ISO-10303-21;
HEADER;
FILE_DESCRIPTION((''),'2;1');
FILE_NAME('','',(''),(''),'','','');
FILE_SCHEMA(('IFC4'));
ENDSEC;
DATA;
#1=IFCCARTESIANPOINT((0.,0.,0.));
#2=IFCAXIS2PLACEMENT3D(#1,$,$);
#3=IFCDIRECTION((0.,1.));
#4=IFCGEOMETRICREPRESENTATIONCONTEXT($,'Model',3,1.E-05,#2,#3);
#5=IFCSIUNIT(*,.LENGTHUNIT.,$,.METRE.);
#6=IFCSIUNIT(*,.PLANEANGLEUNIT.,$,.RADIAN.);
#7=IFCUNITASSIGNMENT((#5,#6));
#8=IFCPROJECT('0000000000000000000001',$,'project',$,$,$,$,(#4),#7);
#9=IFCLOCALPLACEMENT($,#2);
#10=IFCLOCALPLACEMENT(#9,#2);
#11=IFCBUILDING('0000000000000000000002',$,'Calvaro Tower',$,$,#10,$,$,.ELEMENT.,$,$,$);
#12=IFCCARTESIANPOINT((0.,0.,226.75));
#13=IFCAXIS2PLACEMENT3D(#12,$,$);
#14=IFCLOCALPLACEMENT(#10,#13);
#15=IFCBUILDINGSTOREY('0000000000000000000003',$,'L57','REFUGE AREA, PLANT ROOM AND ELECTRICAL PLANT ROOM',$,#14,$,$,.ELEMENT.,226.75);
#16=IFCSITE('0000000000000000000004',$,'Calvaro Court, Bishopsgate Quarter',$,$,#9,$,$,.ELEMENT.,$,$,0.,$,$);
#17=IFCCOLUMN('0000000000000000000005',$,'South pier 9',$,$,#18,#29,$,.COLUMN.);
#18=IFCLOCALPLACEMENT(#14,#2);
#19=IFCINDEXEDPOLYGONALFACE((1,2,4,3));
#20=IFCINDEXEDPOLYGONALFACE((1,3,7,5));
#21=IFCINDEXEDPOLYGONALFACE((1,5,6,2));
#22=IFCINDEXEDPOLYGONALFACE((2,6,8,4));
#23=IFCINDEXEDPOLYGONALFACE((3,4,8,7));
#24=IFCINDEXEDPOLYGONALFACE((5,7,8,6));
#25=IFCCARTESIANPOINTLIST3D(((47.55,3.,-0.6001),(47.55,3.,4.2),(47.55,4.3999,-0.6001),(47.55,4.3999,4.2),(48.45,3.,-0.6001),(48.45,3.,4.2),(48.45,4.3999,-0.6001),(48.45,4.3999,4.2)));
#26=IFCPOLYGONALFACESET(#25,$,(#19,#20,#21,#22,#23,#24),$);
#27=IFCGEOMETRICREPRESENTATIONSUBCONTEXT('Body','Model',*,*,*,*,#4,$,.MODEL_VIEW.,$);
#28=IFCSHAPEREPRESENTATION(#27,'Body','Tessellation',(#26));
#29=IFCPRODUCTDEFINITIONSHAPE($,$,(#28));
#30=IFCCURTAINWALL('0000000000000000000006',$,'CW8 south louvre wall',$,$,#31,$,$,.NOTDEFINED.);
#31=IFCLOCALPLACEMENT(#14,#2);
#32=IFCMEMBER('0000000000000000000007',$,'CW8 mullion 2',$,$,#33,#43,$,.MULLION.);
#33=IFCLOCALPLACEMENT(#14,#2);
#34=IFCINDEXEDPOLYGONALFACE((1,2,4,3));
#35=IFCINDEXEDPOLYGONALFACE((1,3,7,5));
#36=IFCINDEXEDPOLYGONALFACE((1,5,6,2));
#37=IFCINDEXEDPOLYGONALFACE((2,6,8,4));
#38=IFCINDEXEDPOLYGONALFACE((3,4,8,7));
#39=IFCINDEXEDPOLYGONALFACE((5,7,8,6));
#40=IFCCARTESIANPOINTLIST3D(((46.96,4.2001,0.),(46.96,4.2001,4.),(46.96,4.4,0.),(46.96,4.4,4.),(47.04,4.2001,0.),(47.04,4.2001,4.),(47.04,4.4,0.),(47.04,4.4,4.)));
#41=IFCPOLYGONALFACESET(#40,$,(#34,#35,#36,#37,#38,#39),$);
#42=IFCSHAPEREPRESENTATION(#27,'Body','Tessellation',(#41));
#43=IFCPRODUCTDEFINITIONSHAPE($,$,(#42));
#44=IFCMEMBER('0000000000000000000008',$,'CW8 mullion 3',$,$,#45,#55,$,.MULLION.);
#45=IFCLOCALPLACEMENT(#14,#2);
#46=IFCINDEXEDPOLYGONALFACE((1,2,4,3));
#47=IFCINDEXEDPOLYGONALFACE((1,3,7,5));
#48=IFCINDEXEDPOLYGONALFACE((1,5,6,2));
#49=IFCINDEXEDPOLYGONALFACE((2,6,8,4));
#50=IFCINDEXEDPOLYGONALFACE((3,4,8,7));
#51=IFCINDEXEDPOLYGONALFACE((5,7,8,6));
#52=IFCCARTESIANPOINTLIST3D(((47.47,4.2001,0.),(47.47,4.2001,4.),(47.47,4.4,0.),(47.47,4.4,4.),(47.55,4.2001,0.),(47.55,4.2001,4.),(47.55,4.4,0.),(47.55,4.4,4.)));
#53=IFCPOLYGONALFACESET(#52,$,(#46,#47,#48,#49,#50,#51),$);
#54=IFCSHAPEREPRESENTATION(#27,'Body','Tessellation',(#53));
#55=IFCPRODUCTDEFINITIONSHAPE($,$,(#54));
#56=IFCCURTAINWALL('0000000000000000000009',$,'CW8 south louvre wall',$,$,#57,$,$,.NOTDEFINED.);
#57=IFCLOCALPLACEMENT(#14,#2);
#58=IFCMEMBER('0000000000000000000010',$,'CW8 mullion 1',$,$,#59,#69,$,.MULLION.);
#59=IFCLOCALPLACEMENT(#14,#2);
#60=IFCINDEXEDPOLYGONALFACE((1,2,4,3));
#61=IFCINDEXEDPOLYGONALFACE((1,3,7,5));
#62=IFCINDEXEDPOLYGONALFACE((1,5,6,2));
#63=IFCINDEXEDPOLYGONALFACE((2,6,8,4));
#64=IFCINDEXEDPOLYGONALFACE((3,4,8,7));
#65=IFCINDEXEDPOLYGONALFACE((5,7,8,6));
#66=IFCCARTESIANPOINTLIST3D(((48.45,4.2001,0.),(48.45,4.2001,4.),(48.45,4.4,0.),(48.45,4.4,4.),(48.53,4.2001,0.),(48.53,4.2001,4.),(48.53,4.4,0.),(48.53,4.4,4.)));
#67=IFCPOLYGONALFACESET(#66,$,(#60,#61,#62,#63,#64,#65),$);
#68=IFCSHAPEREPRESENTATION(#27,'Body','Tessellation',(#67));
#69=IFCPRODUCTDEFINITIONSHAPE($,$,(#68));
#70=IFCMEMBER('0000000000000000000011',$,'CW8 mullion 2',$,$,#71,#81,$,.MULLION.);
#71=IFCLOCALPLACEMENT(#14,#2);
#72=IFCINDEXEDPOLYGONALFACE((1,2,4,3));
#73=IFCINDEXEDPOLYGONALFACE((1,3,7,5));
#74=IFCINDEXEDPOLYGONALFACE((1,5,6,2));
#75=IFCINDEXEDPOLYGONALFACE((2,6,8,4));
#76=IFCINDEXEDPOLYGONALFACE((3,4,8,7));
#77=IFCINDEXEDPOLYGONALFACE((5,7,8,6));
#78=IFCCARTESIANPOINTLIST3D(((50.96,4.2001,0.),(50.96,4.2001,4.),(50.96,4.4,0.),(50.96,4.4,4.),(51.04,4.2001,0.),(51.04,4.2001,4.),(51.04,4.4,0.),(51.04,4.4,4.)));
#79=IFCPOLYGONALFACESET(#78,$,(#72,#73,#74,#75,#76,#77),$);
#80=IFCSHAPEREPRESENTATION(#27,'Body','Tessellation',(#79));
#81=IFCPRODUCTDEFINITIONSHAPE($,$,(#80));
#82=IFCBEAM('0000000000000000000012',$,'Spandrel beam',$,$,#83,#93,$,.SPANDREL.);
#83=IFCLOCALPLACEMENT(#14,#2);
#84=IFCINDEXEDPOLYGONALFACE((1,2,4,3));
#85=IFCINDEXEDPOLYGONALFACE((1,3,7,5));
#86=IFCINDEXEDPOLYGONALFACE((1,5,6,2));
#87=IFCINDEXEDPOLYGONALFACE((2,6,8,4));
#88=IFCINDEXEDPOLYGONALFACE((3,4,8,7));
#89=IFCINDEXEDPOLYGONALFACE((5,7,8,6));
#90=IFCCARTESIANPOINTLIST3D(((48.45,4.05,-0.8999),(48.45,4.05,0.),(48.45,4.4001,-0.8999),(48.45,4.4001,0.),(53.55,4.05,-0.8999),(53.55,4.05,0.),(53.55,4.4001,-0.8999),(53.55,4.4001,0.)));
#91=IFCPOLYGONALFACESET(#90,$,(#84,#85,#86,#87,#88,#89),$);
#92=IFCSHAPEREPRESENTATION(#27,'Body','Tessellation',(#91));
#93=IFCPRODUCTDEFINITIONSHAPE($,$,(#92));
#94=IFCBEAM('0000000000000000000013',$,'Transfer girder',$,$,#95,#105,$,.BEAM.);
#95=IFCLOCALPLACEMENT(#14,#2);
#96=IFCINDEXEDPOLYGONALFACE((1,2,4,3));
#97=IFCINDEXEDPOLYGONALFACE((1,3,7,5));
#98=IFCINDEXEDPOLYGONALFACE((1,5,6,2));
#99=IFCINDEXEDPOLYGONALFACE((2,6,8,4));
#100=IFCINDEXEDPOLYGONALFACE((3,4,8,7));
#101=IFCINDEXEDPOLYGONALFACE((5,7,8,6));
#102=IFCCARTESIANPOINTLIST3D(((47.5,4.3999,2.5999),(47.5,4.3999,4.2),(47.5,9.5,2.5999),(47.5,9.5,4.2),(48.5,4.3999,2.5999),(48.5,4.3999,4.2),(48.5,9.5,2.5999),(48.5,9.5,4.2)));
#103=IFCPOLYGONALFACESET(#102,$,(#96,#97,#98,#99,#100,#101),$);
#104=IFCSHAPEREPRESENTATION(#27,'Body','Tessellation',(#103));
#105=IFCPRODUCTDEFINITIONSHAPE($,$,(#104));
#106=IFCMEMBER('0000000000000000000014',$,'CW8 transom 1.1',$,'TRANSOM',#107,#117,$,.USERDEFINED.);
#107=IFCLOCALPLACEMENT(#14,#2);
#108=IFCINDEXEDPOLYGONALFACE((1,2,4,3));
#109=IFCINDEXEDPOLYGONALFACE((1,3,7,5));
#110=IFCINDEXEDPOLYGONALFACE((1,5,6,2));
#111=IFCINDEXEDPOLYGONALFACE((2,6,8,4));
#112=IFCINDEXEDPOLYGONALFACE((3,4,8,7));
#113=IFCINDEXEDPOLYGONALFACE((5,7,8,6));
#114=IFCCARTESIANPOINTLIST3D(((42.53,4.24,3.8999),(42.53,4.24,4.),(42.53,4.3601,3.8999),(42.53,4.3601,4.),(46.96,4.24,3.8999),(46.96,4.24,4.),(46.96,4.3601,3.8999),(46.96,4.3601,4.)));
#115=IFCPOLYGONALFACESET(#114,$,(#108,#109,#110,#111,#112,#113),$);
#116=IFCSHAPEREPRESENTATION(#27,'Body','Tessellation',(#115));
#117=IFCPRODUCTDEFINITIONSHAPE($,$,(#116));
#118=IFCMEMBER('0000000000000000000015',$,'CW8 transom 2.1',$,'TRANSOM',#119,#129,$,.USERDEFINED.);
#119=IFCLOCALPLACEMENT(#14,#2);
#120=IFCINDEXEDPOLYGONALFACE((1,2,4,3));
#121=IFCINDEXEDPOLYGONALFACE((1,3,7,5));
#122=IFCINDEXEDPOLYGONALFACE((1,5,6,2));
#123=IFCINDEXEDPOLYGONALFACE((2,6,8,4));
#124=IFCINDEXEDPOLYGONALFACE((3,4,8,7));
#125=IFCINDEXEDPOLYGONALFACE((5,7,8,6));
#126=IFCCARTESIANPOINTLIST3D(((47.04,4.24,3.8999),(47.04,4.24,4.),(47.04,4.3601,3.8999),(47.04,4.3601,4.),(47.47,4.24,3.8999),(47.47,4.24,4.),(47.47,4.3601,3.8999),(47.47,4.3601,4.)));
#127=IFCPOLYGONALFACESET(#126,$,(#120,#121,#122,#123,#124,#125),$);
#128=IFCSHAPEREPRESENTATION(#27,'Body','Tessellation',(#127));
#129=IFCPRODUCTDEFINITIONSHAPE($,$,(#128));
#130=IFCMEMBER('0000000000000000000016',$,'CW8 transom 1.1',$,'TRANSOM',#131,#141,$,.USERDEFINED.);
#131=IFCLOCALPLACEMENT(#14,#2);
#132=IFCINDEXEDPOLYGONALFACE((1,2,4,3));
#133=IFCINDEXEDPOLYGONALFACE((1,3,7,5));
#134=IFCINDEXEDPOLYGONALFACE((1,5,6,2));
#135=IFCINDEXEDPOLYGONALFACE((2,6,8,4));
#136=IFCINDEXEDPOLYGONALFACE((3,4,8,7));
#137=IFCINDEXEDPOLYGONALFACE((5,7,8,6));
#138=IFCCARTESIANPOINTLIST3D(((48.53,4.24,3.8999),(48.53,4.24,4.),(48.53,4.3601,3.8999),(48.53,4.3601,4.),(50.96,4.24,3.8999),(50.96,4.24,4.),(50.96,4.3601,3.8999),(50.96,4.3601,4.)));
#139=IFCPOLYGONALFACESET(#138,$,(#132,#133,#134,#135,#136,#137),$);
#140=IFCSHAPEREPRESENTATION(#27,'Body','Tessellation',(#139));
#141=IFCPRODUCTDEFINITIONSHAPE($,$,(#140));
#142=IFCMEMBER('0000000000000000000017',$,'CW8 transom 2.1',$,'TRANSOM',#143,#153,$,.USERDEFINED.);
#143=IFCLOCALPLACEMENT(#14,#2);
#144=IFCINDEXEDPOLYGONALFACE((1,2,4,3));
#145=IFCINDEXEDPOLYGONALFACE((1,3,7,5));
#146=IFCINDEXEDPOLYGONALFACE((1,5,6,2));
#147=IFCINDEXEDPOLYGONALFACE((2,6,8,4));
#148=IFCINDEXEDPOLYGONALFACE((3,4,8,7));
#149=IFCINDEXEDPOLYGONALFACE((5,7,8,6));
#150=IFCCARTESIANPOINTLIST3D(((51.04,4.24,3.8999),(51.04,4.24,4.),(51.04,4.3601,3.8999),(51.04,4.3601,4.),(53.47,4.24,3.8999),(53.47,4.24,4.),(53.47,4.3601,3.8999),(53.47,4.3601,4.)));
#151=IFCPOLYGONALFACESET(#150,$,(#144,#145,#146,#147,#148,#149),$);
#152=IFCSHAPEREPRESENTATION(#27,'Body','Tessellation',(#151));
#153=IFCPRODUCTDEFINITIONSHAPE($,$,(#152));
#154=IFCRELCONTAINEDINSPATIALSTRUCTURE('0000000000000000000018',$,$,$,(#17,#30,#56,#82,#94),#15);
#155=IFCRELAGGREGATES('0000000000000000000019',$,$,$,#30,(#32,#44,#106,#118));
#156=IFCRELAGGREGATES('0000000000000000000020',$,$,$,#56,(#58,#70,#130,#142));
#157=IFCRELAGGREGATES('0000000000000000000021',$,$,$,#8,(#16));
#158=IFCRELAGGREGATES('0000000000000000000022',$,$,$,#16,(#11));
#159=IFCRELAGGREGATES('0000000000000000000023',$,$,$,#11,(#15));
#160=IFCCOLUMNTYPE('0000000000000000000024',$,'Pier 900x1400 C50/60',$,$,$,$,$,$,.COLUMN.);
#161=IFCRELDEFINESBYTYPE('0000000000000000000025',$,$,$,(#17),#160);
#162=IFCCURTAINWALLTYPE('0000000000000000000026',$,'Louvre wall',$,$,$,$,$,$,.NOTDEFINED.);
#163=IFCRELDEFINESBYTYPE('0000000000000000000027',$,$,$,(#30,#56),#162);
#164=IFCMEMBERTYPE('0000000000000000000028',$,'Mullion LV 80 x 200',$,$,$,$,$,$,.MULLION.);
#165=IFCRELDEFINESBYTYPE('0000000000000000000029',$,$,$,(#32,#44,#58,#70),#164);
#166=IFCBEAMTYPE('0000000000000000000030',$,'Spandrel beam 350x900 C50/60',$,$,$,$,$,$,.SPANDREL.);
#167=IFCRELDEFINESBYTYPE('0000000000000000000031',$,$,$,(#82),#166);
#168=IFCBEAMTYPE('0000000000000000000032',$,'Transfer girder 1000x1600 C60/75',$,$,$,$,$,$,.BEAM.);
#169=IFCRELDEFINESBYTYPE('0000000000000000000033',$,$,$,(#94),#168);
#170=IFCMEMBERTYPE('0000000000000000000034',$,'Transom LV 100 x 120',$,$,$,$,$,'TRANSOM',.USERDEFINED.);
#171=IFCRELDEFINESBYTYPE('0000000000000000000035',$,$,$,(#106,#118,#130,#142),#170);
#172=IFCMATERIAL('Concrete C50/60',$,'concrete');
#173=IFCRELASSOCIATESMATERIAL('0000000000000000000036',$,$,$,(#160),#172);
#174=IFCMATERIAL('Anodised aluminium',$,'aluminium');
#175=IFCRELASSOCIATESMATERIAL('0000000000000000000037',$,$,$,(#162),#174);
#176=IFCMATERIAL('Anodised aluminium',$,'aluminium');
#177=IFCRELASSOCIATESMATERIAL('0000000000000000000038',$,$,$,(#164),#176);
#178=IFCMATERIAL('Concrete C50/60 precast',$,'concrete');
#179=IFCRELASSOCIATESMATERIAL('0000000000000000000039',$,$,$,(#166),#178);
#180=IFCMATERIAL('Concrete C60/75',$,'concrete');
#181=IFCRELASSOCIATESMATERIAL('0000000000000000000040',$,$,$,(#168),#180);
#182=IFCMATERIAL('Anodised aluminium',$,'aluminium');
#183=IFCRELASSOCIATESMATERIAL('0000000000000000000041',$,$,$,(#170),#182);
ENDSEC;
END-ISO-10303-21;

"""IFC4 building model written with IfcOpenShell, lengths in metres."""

from ifc_helpers import new_model, si_unit, direction, frame, origin, origin_2d, place, context, subcontext, project, spatial, rectangle, extrude, material, material_profile, profile_set, type_object, element, aggregate, save


model = new_model("IFC4")

# Units and contexts
model_context = context("Model", 3, precision=1e-05, world=origin(), true_north=direction((0.0, 1.0)))
body_context = subcontext(model_context, "Body", "Model", "MODEL_VIEW")
ifc_project = project(units=[si_unit("LENGTHUNIT", "METRE"), si_unit("PLANEANGLEUNIT", "RADIAN")], contexts=[model_context])

# Site, building, storey
site_placement = place(None, origin())
site = spatial("IfcSite", under=ifc_project, at=site_placement, Name="Calvaro Court, Bishopsgate Quarter", CompositionType="ELEMENT", RefElevation=0.0)
building_placement = place(site_placement, origin())
building = spatial("IfcBuilding", under=site, at=building_placement, Name="Calvaro Tower", CompositionType="ELEMENT")
storey_placement = place(building_placement, frame((0.0, 0.0, 226.75)))
storey = spatial("IfcBuildingStorey", under=building, at=storey_placement, Name="L57", Description="REFUGE AREA, PLANT ROOM AND ELECTRICAL PLANT ROOM", CompositionType="ELEMENT", Elevation=226.75)

# Column
ifc_material_1 = material(Name="Concrete C50/60", Category="concrete")
ifc_material_profile_1 = material_profile(ifc_material_1, rectangle(XDim=0.8999, YDim=1.3999, at=origin_2d()), Name="RC 900x1400")
ifc_profile_set_1 = profile_set([ifc_material_profile_1], Name="Concrete C50/60")
column_type = type_object("IfcColumnType", Name="Pier 900x1400 C50/60", PredefinedType="COLUMN", material=ifc_profile_set_1)
column_placement = place(storey_placement, frame((48.0, 3.7, -0.6001), z_axis=(0.0, 0.0, 1.0), x_axis=(1.0, 0.0, 0.0)))
element("IfcColumn", 1, at=column_placement, inside=storey, type_object=column_type, Name="South pier 9", PredefinedType="COLUMN", context=body_context, shape_type="SweptSolid", body=[
    extrude(rectangle(XDim=0.8999, YDim=1.3999, at=origin_2d()), origin(), (0.0, 0.0, 1.0), 4.8),
])

# Curtain walls, members
ifc_material_2 = material(Name="Anodised aluminium", Category="aluminium")
curtain_wall_type = type_object("IfcCurtainWallType", Name="Louvre wall", PredefinedType="NOTDEFINED", material=ifc_material_2)
curtain_wall_1_placement = place(storey_placement, origin())
curtain_wall_1 = element("IfcCurtainWall", 2, at=curtain_wall_1_placement, inside=storey, type_object=curtain_wall_type, Name="CW8 south louvre wall", PredefinedType="NOTDEFINED")
ifc_material_3 = material(Name="Anodised aluminium", Category="aluminium")
ifc_material_profile_2 = material_profile(ifc_material_3, rectangle(XDim=0.2, YDim=0.0801, at=origin_2d()), Name="Mullion LV 80 x 200")
ifc_profile_set_2 = profile_set([ifc_material_profile_2], Name="Anodised aluminium")
member_type_1 = type_object("IfcMemberType", Name="Mullion LV 80 x 200", PredefinedType="MULLION", material=ifc_profile_set_2)
member_1_placement = place(storey_placement, frame((47.0, 4.3, 0.0), z_axis=(0.0, 0.0, 1.0), x_axis=(0.0, 1.0, 0.0)))
member_1 = element("IfcMember", 3, at=member_1_placement, type_object=member_type_1, Name="CW8 mullion 2", PredefinedType="MULLION", context=body_context, shape_type="SweptSolid", body=[
    extrude(rectangle(XDim=0.2, YDim=0.0801, at=origin_2d()), origin(), (0.0, 0.0, 1.0), 4.0),
])
member_2_placement = place(storey_placement, frame((47.51, 4.3, 0.0), z_axis=(0.0, 0.0, 1.0), x_axis=(0.0, 1.0, 0.0)))
member_2 = element("IfcMember", 4, at=member_2_placement, type_object=member_type_1, Name="CW8 mullion 3", PredefinedType="MULLION", context=body_context, shape_type="SweptSolid", body=[
    extrude(rectangle(XDim=0.2, YDim=0.0801, at=origin_2d()), origin(), (0.0, 0.0, 1.0), 4.0),
])
curtain_wall_2_placement = place(storey_placement, origin())
curtain_wall_2 = element("IfcCurtainWall", 5, at=curtain_wall_2_placement, inside=storey, type_object=curtain_wall_type, Name="CW8 south louvre wall", PredefinedType="NOTDEFINED")
member_3_placement = place(storey_placement, frame((48.49, 4.3, 0.0), z_axis=(0.0, 0.0, 1.0), x_axis=(0.0, 1.0, 0.0)))
member_3 = element("IfcMember", 6, at=member_3_placement, type_object=member_type_1, Name="CW8 mullion 1", PredefinedType="MULLION", context=body_context, shape_type="SweptSolid", body=[
    extrude(rectangle(XDim=0.2, YDim=0.0801, at=origin_2d()), origin(), (0.0, 0.0, 1.0), 4.0),
])
member_4_placement = place(storey_placement, frame((51.0, 4.3, 0.0), z_axis=(0.0, 0.0, 1.0), x_axis=(0.0, 1.0, 0.0)))
member_4 = element("IfcMember", 7, at=member_4_placement, type_object=member_type_1, Name="CW8 mullion 2", PredefinedType="MULLION", context=body_context, shape_type="SweptSolid", body=[
    extrude(rectangle(XDim=0.2, YDim=0.0801, at=origin_2d()), origin(), (0.0, 0.0, 1.0), 4.0),
])

# Beams
ifc_material_4 = material(Name="Concrete C50/60 precast", Category="concrete")
ifc_material_profile_3 = material_profile(ifc_material_4, rectangle(XDim=0.3501, YDim=0.8999, at=origin_2d()), Name="RC 350x900")
ifc_profile_set_3 = profile_set([ifc_material_profile_3], Name="Concrete C50/60 precast")
beam_type_1 = type_object("IfcBeamType", Name="Spandrel beam 350x900 C50/60", PredefinedType="SPANDREL", material=ifc_profile_set_3)
beam_1_placement = place(storey_placement, frame((48.45, 4.2251, -0.45), z_axis=(1.0, 0.0, 0.0), x_axis=(0.0, 1.0, 0.0)))
element("IfcBeam", 8, at=beam_1_placement, inside=storey, type_object=beam_type_1, Name="Spandrel beam", PredefinedType="SPANDREL", context=body_context, shape_type="SweptSolid", body=[
    extrude(rectangle(XDim=0.3501, YDim=0.8999, at=origin_2d()), origin(), (0.0, 0.0, 1.0), 5.1001),
])
ifc_material_5 = material(Name="Concrete C60/75", Category="concrete")
ifc_material_profile_4 = material_profile(ifc_material_5, rectangle(XDim=1.0, YDim=1.6001, at=origin_2d()), Name="RC 1000x1600")
ifc_profile_set_4 = profile_set([ifc_material_profile_4], Name="Concrete C60/75")
beam_type_2 = type_object("IfcBeamType", Name="Transfer girder 1000x1600 C60/75", PredefinedType="BEAM", material=ifc_profile_set_4)
beam_2_placement = place(storey_placement, frame((48.0, 4.3999, 3.3999), z_axis=(0.0, 1.0, 0.0), x_axis=(-1.0, 0.0, 0.0)))
element("IfcBeam", 9, at=beam_2_placement, inside=storey, type_object=beam_type_2, Name="Transfer girder", PredefinedType="BEAM", context=body_context, shape_type="SweptSolid", body=[
    extrude(rectangle(XDim=1.0, YDim=1.6001, at=origin_2d()), origin(), (0.0, 0.0, 1.0), 5.1001),
])

# Members
ifc_material_6 = material(Name="Anodised aluminium", Category="aluminium")
ifc_material_profile_5 = material_profile(ifc_material_6, rectangle(XDim=0.1201, YDim=0.1001, at=origin_2d()), Name="Transom LV 100 x 120")
ifc_profile_set_5 = profile_set([ifc_material_profile_5], Name="Anodised aluminium")
member_type_2 = type_object("IfcMemberType", Name="Transom LV 100 x 120", ElementType="TRANSOM", PredefinedType="USERDEFINED", material=ifc_profile_set_5)
member_5_placement = place(storey_placement, frame((42.53, 4.3, 3.95), z_axis=(1.0, 0.0, 0.0), x_axis=(0.0, 1.0, 0.0)))
member_5 = element("IfcMember", 10, at=member_5_placement, type_object=member_type_2, Name="CW8 transom 1.1", ObjectType="TRANSOM", PredefinedType="USERDEFINED", context=body_context, shape_type="SweptSolid", body=[
    extrude(rectangle(XDim=0.1201, YDim=0.1001, at=origin_2d()), origin(), (0.0, 0.0, 1.0), 4.4299),
])
member_6_placement = place(storey_placement, frame((47.04, 4.3, 3.95), z_axis=(1.0, 0.0, 0.0), x_axis=(0.0, 1.0, 0.0)))
member_6 = element("IfcMember", 11, at=member_6_placement, type_object=member_type_2, Name="CW8 transom 2.1", ObjectType="TRANSOM", PredefinedType="USERDEFINED", context=body_context, shape_type="SweptSolid", body=[
    extrude(rectangle(XDim=0.1201, YDim=0.1001, at=origin_2d()), origin(), (0.0, 0.0, 1.0), 0.4299),
])
member_7_placement = place(storey_placement, frame((48.53, 4.3, 3.95), z_axis=(1.0, 0.0, 0.0), x_axis=(0.0, 1.0, 0.0)))
member_7 = element("IfcMember", 12, at=member_7_placement, type_object=member_type_2, Name="CW8 transom 1.1", ObjectType="TRANSOM", PredefinedType="USERDEFINED", context=body_context, shape_type="SweptSolid", body=[
    extrude(rectangle(XDim=0.1201, YDim=0.1001, at=origin_2d()), origin(), (0.0, 0.0, 1.0), 2.4299),
])
member_8_placement = place(storey_placement, frame((51.04, 4.3, 3.95), z_axis=(1.0, 0.0, 0.0), x_axis=(0.0, 1.0, 0.0)))
member_8 = element("IfcMember", 13, at=member_8_placement, type_object=member_type_2, Name="CW8 transom 2.1", ObjectType="TRANSOM", PredefinedType="USERDEFINED", context=body_context, shape_type="SweptSolid", body=[
    extrude(rectangle(XDim=0.1201, YDim=0.1001, at=origin_2d()), origin(), (0.0, 0.0, 1.0), 2.4299),
])

aggregate(curtain_wall_1, [member_1, member_2, member_5, member_6])
aggregate(curtain_wall_2, [member_3, member_4, member_7, member_8])

save(model, "model.ifc")
